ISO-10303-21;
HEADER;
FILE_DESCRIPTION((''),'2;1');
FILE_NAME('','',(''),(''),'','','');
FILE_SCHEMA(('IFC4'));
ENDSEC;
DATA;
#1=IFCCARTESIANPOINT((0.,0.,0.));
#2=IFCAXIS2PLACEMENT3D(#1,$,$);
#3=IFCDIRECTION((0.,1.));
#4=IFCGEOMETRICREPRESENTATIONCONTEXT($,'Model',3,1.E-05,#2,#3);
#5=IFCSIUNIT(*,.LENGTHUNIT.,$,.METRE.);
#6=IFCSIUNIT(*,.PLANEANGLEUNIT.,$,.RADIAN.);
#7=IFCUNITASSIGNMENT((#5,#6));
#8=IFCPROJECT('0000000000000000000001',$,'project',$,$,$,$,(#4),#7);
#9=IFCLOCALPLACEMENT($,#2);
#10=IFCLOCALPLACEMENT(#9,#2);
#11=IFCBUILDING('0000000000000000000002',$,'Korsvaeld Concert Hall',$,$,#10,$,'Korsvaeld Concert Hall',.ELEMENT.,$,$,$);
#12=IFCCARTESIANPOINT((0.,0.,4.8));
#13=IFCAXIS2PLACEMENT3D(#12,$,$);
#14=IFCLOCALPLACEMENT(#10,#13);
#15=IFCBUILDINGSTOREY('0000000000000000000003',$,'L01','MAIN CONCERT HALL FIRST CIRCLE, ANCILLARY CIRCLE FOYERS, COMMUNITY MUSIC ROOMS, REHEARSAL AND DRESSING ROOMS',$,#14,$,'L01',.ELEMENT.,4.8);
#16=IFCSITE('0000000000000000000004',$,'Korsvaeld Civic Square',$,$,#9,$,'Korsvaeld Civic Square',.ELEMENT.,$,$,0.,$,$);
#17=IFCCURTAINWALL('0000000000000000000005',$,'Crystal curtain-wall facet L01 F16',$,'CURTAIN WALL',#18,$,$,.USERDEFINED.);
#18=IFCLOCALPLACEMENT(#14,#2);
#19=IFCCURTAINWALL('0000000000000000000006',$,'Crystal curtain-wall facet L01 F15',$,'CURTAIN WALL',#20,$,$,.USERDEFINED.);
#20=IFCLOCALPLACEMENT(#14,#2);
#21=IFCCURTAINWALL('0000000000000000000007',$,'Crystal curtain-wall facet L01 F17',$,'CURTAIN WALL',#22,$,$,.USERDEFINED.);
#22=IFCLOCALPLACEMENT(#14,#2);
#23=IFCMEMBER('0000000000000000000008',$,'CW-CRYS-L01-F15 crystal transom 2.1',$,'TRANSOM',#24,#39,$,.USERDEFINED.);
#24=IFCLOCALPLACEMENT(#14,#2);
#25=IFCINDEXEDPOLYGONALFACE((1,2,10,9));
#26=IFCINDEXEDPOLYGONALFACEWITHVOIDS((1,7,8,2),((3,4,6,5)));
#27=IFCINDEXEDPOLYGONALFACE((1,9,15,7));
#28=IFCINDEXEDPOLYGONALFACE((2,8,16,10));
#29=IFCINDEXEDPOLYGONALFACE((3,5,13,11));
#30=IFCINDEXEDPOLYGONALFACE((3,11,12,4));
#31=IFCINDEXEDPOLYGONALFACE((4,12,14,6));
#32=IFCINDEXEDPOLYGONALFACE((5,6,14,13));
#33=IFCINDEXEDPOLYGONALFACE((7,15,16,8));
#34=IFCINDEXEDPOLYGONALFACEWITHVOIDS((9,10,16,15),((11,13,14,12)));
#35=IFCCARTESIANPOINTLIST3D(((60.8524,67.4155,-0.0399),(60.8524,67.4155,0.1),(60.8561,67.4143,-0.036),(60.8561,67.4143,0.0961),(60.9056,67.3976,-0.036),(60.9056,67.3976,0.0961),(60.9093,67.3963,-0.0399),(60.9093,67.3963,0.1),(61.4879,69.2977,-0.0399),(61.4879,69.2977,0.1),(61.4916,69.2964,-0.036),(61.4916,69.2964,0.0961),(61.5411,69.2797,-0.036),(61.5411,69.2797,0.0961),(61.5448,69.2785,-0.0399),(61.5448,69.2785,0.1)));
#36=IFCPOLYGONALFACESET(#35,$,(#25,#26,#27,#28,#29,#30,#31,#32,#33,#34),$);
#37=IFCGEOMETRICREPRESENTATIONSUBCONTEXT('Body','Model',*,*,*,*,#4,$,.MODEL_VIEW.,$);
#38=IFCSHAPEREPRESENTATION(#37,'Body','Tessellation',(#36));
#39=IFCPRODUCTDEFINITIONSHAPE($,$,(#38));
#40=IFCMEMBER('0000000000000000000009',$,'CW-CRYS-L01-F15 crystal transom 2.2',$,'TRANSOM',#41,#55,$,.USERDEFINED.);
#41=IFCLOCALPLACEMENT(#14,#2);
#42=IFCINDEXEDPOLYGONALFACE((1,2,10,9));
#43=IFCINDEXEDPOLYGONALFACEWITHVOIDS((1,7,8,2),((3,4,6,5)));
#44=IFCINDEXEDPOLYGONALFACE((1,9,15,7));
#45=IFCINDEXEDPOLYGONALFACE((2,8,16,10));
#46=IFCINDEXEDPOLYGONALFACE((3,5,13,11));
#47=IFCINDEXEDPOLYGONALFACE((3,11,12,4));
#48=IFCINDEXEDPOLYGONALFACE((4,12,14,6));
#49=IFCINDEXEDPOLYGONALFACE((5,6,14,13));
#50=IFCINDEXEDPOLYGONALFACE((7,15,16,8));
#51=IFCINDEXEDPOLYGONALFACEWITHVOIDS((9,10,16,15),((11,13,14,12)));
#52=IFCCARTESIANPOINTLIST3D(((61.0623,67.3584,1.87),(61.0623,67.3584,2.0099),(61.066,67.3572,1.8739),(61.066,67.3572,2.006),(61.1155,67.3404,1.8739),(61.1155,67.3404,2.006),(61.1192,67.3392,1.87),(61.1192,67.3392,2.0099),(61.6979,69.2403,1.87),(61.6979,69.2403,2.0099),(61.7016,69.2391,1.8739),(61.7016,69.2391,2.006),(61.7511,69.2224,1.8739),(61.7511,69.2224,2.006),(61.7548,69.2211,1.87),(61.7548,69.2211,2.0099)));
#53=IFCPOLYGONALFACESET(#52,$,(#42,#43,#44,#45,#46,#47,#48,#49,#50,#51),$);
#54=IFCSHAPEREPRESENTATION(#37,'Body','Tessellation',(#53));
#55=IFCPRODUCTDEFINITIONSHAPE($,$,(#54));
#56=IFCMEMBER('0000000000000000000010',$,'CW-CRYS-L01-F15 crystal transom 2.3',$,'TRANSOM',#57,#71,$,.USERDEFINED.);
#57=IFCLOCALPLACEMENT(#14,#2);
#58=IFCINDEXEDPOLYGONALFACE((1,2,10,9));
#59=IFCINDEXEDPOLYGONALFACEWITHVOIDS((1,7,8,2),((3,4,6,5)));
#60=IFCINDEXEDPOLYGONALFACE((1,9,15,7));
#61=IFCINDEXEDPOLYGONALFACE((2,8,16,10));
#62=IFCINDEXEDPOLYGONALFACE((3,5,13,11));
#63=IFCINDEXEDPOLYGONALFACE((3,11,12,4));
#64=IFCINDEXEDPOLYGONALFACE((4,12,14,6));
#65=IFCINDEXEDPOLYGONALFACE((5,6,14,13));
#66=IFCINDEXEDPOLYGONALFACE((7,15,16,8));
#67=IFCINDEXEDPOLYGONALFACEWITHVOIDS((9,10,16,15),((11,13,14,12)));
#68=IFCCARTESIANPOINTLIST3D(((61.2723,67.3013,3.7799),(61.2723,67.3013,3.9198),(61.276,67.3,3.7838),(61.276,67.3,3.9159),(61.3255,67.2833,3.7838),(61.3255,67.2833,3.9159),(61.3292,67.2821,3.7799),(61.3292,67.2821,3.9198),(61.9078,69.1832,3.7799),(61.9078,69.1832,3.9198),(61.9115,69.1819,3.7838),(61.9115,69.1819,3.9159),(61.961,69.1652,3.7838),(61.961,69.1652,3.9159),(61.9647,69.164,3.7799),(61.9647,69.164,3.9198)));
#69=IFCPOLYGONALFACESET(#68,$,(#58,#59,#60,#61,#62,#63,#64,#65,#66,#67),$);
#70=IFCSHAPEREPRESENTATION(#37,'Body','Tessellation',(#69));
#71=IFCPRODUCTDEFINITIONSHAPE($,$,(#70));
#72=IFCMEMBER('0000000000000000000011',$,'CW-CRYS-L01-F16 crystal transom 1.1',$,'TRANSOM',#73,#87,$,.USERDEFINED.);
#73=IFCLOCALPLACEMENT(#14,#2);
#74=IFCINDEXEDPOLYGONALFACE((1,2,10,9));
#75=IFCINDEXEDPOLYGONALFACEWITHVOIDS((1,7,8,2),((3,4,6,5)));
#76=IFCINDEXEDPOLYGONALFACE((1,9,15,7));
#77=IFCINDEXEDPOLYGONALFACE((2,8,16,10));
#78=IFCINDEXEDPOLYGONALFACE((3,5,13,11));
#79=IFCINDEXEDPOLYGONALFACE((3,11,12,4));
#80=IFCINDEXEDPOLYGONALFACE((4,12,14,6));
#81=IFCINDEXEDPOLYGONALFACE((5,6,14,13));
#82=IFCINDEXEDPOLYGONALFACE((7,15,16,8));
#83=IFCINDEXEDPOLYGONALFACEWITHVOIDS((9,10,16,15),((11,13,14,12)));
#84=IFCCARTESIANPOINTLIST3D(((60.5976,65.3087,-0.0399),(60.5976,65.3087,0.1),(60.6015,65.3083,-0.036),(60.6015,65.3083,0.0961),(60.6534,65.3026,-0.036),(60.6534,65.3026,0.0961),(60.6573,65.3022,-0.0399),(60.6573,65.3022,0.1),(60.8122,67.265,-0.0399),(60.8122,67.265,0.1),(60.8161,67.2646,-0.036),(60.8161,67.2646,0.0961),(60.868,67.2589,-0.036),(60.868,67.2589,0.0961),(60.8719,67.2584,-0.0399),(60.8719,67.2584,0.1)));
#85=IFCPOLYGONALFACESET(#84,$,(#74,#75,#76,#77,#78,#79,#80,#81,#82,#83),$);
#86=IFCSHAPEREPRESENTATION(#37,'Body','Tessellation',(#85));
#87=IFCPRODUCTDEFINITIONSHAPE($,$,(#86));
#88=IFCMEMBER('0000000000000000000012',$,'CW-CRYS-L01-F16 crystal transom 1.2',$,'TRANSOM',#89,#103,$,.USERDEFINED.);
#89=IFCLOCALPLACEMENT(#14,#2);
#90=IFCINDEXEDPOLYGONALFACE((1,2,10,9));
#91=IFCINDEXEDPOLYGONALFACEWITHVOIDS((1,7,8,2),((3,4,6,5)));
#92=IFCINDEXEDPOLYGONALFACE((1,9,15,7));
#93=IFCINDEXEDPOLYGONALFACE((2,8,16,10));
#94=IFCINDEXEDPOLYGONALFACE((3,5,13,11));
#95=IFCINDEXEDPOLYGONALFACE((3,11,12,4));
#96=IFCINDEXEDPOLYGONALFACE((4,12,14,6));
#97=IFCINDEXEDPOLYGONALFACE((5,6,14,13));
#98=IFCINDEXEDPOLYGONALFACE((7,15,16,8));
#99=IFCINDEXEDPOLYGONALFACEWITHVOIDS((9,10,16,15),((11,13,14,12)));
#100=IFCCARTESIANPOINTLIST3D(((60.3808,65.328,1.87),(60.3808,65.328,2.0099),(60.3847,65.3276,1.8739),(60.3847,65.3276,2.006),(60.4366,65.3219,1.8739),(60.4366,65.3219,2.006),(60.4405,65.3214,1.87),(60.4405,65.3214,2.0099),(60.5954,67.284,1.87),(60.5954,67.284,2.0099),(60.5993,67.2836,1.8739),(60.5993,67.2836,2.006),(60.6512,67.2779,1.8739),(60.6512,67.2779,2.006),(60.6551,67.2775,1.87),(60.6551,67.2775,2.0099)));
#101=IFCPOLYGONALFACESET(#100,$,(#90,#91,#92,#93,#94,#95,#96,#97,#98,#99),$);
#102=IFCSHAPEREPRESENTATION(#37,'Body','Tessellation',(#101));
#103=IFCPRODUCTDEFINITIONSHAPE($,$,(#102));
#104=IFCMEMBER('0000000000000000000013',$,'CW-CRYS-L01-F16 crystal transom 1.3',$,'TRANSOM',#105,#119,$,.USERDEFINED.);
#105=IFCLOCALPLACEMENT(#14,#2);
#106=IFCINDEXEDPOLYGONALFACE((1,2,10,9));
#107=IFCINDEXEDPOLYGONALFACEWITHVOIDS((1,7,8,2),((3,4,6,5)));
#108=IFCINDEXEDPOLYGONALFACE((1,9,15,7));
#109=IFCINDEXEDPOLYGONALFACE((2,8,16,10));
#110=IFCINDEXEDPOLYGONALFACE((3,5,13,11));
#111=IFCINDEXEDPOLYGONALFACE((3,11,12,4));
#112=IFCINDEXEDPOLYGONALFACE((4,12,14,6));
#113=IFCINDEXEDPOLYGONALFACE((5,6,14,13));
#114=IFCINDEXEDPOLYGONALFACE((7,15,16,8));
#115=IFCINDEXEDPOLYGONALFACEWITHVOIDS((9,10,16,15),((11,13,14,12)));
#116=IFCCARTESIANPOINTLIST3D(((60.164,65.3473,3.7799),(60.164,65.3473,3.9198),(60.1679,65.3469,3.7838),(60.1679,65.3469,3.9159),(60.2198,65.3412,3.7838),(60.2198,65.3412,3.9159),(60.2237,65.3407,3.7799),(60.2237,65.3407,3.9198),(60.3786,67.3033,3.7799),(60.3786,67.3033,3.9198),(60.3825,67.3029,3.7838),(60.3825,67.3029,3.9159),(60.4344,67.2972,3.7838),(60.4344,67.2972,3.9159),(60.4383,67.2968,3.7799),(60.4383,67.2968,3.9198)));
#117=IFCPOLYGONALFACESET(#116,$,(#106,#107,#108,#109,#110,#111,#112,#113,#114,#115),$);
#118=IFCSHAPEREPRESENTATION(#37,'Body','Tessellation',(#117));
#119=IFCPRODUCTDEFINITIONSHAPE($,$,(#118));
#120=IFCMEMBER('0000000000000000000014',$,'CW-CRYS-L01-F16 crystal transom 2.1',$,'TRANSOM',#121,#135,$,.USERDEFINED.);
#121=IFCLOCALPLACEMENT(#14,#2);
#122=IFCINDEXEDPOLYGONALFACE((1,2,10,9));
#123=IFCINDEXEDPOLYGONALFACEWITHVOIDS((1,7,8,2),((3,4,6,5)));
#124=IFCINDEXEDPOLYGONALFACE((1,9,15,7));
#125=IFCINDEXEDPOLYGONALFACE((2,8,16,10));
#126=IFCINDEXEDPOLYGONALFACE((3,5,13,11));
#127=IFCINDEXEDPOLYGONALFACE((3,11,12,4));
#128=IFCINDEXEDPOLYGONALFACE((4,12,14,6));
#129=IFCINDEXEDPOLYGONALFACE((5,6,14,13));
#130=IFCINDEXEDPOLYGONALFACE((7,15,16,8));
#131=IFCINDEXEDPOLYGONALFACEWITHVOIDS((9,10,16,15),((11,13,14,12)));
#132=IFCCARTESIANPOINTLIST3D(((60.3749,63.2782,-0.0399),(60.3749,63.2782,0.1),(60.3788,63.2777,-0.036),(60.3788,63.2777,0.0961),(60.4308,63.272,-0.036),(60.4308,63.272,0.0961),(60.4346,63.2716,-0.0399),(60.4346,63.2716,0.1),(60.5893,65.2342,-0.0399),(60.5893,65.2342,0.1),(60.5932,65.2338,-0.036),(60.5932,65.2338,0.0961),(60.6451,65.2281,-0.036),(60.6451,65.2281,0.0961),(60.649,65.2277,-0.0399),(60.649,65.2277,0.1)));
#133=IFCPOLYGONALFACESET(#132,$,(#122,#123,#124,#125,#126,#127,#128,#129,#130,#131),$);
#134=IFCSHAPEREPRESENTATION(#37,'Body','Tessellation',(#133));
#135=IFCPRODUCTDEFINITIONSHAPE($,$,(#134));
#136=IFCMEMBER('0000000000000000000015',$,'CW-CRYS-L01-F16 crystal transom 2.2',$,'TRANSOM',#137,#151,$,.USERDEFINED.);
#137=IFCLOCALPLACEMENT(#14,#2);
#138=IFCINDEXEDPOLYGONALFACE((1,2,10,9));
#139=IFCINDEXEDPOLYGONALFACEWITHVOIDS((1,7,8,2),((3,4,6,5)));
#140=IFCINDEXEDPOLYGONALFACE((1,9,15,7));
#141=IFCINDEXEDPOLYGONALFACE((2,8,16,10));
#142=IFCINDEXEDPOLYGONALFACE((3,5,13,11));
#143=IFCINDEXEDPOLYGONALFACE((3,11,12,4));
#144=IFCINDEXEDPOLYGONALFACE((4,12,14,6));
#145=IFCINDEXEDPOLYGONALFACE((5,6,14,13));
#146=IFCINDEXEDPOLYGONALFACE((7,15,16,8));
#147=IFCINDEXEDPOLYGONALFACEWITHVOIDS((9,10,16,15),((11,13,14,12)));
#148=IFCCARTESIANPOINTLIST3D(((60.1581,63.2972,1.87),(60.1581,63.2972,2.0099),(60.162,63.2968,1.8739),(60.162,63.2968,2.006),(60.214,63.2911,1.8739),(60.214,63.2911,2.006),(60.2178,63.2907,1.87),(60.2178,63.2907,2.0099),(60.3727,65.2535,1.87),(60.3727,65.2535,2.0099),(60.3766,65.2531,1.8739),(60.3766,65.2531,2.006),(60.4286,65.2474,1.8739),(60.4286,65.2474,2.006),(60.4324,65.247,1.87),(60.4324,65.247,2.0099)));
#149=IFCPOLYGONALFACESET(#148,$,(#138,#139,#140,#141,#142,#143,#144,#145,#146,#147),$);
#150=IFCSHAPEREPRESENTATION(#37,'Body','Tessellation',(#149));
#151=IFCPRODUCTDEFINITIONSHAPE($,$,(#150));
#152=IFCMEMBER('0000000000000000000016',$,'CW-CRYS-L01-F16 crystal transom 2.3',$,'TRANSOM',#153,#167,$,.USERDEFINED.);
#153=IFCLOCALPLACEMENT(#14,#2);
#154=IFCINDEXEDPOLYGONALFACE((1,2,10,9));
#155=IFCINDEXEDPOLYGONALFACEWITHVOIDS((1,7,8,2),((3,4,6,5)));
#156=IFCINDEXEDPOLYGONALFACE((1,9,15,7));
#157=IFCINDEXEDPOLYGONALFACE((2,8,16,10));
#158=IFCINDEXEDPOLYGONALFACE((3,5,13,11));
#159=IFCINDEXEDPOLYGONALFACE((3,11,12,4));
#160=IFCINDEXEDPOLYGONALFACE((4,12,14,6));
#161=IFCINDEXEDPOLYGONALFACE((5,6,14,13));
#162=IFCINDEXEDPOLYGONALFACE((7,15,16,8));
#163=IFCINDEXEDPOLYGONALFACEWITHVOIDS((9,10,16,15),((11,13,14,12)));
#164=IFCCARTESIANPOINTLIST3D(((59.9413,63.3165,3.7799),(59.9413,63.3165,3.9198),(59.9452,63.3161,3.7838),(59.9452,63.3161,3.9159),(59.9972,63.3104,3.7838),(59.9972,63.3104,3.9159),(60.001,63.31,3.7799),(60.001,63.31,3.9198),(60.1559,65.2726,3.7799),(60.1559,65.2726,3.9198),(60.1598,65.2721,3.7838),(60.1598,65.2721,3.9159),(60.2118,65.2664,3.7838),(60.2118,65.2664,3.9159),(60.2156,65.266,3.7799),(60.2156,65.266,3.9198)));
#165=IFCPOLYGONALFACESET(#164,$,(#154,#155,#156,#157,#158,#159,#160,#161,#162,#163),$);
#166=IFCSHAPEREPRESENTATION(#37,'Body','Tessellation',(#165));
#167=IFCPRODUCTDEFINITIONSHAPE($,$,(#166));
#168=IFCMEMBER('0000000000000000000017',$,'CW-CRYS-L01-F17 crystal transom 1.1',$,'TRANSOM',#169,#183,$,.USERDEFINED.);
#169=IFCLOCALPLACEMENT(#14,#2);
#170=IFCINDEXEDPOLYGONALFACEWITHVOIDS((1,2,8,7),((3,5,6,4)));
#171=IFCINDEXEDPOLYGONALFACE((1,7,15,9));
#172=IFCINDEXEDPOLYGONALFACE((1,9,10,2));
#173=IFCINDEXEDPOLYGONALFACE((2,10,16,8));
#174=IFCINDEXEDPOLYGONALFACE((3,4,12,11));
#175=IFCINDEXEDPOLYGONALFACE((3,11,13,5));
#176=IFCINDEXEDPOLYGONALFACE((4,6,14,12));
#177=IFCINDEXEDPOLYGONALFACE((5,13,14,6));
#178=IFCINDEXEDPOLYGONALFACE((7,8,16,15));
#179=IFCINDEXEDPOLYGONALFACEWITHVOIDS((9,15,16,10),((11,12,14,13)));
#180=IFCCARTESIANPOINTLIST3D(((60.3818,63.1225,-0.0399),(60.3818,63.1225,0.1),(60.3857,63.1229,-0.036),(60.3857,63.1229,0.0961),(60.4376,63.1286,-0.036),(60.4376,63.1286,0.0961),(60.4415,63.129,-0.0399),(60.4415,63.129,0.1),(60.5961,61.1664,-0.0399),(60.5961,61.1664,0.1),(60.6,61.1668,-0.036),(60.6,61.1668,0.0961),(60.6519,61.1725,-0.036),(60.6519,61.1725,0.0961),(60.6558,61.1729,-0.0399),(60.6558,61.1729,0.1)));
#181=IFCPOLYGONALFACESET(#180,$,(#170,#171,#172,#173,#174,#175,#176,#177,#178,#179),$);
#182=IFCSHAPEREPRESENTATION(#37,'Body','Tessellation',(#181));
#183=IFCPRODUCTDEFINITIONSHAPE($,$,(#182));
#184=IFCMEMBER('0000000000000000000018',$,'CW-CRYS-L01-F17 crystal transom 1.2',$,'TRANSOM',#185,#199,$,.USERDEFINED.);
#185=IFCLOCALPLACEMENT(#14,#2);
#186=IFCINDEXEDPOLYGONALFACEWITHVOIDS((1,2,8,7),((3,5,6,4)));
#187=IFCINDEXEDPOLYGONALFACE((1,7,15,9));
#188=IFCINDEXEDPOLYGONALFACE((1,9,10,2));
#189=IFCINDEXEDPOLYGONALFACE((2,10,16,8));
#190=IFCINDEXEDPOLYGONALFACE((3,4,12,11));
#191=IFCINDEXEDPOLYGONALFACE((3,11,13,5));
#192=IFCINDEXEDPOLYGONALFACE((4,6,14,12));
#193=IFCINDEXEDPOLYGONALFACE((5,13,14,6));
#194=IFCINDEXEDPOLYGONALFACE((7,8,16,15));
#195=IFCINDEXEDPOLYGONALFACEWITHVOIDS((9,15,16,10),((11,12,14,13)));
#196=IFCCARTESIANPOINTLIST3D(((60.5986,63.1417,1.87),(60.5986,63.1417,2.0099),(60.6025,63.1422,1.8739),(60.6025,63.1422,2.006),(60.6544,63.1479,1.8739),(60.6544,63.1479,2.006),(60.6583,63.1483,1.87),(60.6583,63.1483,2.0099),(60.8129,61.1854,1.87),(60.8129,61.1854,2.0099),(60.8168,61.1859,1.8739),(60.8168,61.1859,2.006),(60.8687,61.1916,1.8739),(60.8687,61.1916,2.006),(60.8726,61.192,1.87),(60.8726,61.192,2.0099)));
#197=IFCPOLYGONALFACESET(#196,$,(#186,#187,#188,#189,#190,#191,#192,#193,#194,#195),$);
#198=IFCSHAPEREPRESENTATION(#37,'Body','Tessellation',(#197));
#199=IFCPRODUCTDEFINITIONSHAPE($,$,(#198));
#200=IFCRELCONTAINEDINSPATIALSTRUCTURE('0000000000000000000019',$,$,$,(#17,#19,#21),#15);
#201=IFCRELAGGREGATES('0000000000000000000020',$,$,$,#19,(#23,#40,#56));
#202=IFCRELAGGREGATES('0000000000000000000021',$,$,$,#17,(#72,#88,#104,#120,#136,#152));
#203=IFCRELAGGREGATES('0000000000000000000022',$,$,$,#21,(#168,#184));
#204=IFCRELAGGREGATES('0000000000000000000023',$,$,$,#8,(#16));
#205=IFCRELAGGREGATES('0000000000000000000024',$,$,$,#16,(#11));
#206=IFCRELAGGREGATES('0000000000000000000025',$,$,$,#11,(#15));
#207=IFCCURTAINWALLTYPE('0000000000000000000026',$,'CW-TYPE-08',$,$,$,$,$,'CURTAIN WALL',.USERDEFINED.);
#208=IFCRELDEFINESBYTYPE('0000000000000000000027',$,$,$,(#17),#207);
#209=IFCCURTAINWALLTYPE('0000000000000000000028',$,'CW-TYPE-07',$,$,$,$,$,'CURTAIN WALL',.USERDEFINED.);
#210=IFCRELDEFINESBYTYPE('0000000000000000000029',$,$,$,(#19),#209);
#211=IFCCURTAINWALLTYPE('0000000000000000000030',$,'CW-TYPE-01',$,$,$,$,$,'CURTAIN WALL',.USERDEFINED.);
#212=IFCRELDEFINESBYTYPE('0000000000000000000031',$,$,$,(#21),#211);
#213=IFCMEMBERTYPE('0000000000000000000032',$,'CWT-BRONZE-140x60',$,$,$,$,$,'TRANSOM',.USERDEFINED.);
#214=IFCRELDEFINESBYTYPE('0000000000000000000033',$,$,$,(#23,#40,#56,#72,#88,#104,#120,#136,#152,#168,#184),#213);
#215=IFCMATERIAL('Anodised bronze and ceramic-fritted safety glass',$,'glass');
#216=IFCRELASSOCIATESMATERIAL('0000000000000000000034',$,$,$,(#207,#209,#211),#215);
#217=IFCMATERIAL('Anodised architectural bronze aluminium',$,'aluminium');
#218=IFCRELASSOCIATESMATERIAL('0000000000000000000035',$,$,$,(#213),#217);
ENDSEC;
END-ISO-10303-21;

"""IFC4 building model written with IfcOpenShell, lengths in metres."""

from ifc_helpers import new_model, si_unit, direction, frame, origin, origin_2d, place, context, subcontext, project, spatial, hollow_rectangle, extrude, material, material_profile, profile_set, type_object, element, aggregate, save


model = new_model("IFC4")

# Units and contexts
model_context = context("Model", 3, precision=1e-05, world=origin(), true_north=direction((0.0, 1.0)))
body_context = subcontext(model_context, "Body", "Model", "MODEL_VIEW")
ifc_project = project(units=[si_unit("LENGTHUNIT", "METRE"), si_unit("PLANEANGLEUNIT", "RADIAN")], contexts=[model_context])

# Site, building, storey
site_placement = place(None, origin())
site = spatial("IfcSite", under=ifc_project, at=site_placement, Name="Korsvaeld Civic Square", LongName="Korsvaeld Civic Square", CompositionType="ELEMENT", RefElevation=0.0)
building_placement = place(site_placement, origin())
building = spatial("IfcBuilding", under=site, at=building_placement, Name="Korsvaeld Concert Hall", LongName="Korsvaeld Concert Hall", CompositionType="ELEMENT")
storey_placement = place(building_placement, frame((0.0, 0.0, 4.8)))
storey = spatial("IfcBuildingStorey", under=building, at=storey_placement, Name="L01", Description="MAIN CONCERT HALL FIRST CIRCLE, ANCILLARY CIRCLE FOYERS, COMMUNITY MUSIC ROOMS, REHEARSAL AND DRESSING ROOMS", LongName="L01", CompositionType="ELEMENT", Elevation=4.8)

# Curtain walls
ifc_material_1 = material(Name="Anodised bronze and ceramic-fritted safety glass", Category="glass")
curtain_wall_type_1 = type_object("IfcCurtainWallType", Name="CW-TYPE-08", ElementType="CURTAIN WALL", PredefinedType="USERDEFINED", material=ifc_material_1)
curtain_wall_1_placement = place(storey_placement, origin())
curtain_wall_1 = element("IfcCurtainWall", 1, at=curtain_wall_1_placement, inside=storey, type_object=curtain_wall_type_1, Name="Crystal curtain-wall facet L01 F16", ObjectType="CURTAIN WALL", PredefinedType="USERDEFINED")
ifc_material_2 = material(Name="Anodised architectural bronze aluminium", Category="aluminium")
curtain_wall_type_2 = type_object("IfcCurtainWallType", Name="CW-TYPE-07", ElementType="CURTAIN WALL", PredefinedType="USERDEFINED", material=ifc_material_1)
curtain_wall_2_placement = place(storey_placement, origin())
curtain_wall_2 = element("IfcCurtainWall", 2, at=curtain_wall_2_placement, inside=storey, type_object=curtain_wall_type_2, Name="Crystal curtain-wall facet L01 F15", ObjectType="CURTAIN WALL", PredefinedType="USERDEFINED")

# Curtain wall
curtain_wall_type_3 = type_object("IfcCurtainWallType", Name="CW-TYPE-01", ElementType="CURTAIN WALL", PredefinedType="USERDEFINED", material=ifc_material_1)
curtain_wall_3_placement = place(storey_placement, origin())
curtain_wall_3 = element("IfcCurtainWall", 3, at=curtain_wall_3_placement, inside=storey, type_object=curtain_wall_type_3, Name="Crystal curtain-wall facet L01 F17", ObjectType="CURTAIN WALL", PredefinedType="USERDEFINED")

# Members
ifc_material_profile_1 = material_profile(ifc_material_2, hollow_rectangle(XDim=0.0601, YDim=0.1399, WallThickness=0.0039, at=origin_2d()), Name="CWT 140x60x4")
ifc_profile_set_1 = profile_set([ifc_material_profile_1], Name="Anodised architectural bronze aluminium")
member_type_1 = type_object("IfcMemberType", Name="CWT-BRONZE-140x60", ElementType="TRANSOM", PredefinedType="USERDEFINED", material=ifc_profile_set_1)
member_1_placement = place(storey_placement, frame((61.5164, 69.2881, 0.03), z_axis=(-0.319912, -0.947447, 0.0), x_axis=(0.947447, -0.319912, 0.0)))
member_1 = element("IfcMember", 4, at=member_1_placement, type_object=member_type_1, Name="CW-CRYS-L01-F15 crystal transom 2.1", ObjectType="TRANSOM", PredefinedType="USERDEFINED", context=body_context, shape_type="SweptSolid", body=[
    extrude(hollow_rectangle(XDim=0.0601, YDim=0.1399, WallThickness=0.0039, at=origin_2d()), origin(), (0.0, 0.0, 1.0), 1.9866),
])
member_2_placement = place(storey_placement, frame((61.7263, 69.2307, 1.9399), z_axis=(-0.31995, -0.947435, 0.0), x_axis=(0.947435, -0.31995, 0.0)))
member_2 = element("IfcMember", 5, at=member_2_placement, type_object=member_type_1, Name="CW-CRYS-L01-F15 crystal transom 2.2", ObjectType="TRANSOM", PredefinedType="USERDEFINED", context=body_context, shape_type="SweptSolid", body=[
    extrude(hollow_rectangle(XDim=0.0601, YDim=0.1399, WallThickness=0.0039, at=origin_2d()), origin(), (0.0, 0.0, 1.0), 1.9863),
])
member_3_placement = place(storey_placement, frame((61.9363, 69.1736, 3.8499), z_axis=(-0.31995, -0.947435, 0.0), x_axis=(0.947435, -0.31995, 0.0)))
member_3 = element("IfcMember", 6, at=member_3_placement, type_object=member_type_1, Name="CW-CRYS-L01-F15 crystal transom 2.3", ObjectType="TRANSOM", PredefinedType="USERDEFINED", context=body_context, shape_type="SweptSolid", body=[
    extrude(hollow_rectangle(XDim=0.0601, YDim=0.1399, WallThickness=0.0039, at=origin_2d()), origin(), (0.0, 0.0, 1.0), 1.9863),
])
member_4_placement = place(storey_placement, frame((60.842, 67.2617, 0.03), z_axis=(-0.109043, -0.994037, 0.0), x_axis=(0.994037, -0.109043, 0.0)))
member_4 = element("IfcMember", 7, at=member_4_placement, type_object=member_type_1, Name="CW-CRYS-L01-F16 crystal transom 1.1", ObjectType="TRANSOM", PredefinedType="USERDEFINED", context=body_context, shape_type="SweptSolid", body=[
    extrude(hollow_rectangle(XDim=0.0601, YDim=0.1399, WallThickness=0.0039, at=origin_2d()), origin(), (0.0, 0.0, 1.0), 1.968),
])
member_5_placement = place(storey_placement, frame((60.6252, 67.2808, 1.9399), z_axis=(-0.109056, -0.994036, 0.0), x_axis=(0.994036, -0.109056, 0.0)))
member_5 = element("IfcMember", 8, at=member_5_placement, type_object=member_type_1, Name="CW-CRYS-L01-F16 crystal transom 1.2", ObjectType="TRANSOM", PredefinedType="USERDEFINED", context=body_context, shape_type="SweptSolid", body=[
    extrude(hollow_rectangle(XDim=0.0601, YDim=0.1399, WallThickness=0.0039, at=origin_2d()), origin(), (0.0, 0.0, 1.0), 1.9678),
])
member_6_placement = place(storey_placement, frame((60.4084, 67.3, 3.8499), z_axis=(-0.109056, -0.994036, 0.0), x_axis=(0.994036, -0.109056, 0.0)))
member_6 = element("IfcMember", 9, at=member_6_placement, type_object=member_type_1, Name="CW-CRYS-L01-F16 crystal transom 1.3", ObjectType="TRANSOM", PredefinedType="USERDEFINED", context=body_context, shape_type="SweptSolid", body=[
    extrude(hollow_rectangle(XDim=0.0601, YDim=0.1399, WallThickness=0.0039, at=origin_2d()), origin(), (0.0, 0.0, 1.0), 1.9678),
])
member_7_placement = place(storey_placement, frame((60.6191, 65.231, 0.03), z_axis=(-0.108933, -0.994049, 0.0), x_axis=(0.994049, -0.108933, 0.0)))
member_7 = element("IfcMember", 10, at=member_7_placement, type_object=member_type_1, Name="CW-CRYS-L01-F16 crystal transom 2.1", ObjectType="TRANSOM", PredefinedType="USERDEFINED", context=body_context, shape_type="SweptSolid", body=[
    extrude(hollow_rectangle(XDim=0.0601, YDim=0.1399, WallThickness=0.0039, at=origin_2d()), origin(), (0.0, 0.0, 1.0), 1.9678),
])
member_8_placement = place(storey_placement, frame((60.4026, 65.2502, 1.9399), z_axis=(-0.109043, -0.994037, 0.0), x_axis=(0.994037, -0.109043, 0.0)))
member_8 = element("IfcMember", 11, at=member_8_placement, type_object=member_type_1, Name="CW-CRYS-L01-F16 crystal transom 2.2", ObjectType="TRANSOM", PredefinedType="USERDEFINED", context=body_context, shape_type="SweptSolid", body=[
    extrude(hollow_rectangle(XDim=0.0601, YDim=0.1399, WallThickness=0.0039, at=origin_2d()), origin(), (0.0, 0.0, 1.0), 1.968),
])
member_9_placement = place(storey_placement, frame((60.1858, 65.2693, 3.8499), z_axis=(-0.109056, -0.994036, 0.0), x_axis=(0.994036, -0.109056, 0.0)))
member_9 = element("IfcMember", 12, at=member_9_placement, type_object=member_type_1, Name="CW-CRYS-L01-F16 crystal transom 2.3", ObjectType="TRANSOM", PredefinedType="USERDEFINED", context=body_context, shape_type="SweptSolid", body=[
    extrude(hollow_rectangle(XDim=0.0601, YDim=0.1399, WallThickness=0.0039, at=origin_2d()), origin(), (0.0, 0.0, 1.0), 1.9678),
])
member_10_placement = place(storey_placement, frame((60.4116, 63.1257, 0.03), z_axis=(0.108933, -0.994049, 0.0), x_axis=(0.994049, 0.108933, 0.0)))
member_10 = element("IfcMember", 13, at=member_10_placement, type_object=member_type_1, Name="CW-CRYS-L01-F17 crystal transom 1.1", ObjectType="TRANSOM", PredefinedType="USERDEFINED", context=body_context, shape_type="SweptSolid", body=[
    extrude(hollow_rectangle(XDim=0.0601, YDim=0.1399, WallThickness=0.0039, at=origin_2d()), origin(), (0.0, 0.0, 1.0), 1.9678),
])
member_11_placement = place(storey_placement, frame((60.6284, 63.145, 1.9399), z_axis=(0.10892, -0.994051, 0.0), x_axis=(0.994051, 0.10892, 0.0)))
member_11 = element("IfcMember", 14, at=member_11_placement, type_object=member_type_1, Name="CW-CRYS-L01-F17 crystal transom 1.2", ObjectType="TRANSOM", PredefinedType="USERDEFINED", context=body_context, shape_type="SweptSolid", body=[
    extrude(hollow_rectangle(XDim=0.0601, YDim=0.1399, WallThickness=0.0039, at=origin_2d()), origin(), (0.0, 0.0, 1.0), 1.968),
])

aggregate(curtain_wall_2, [member_1, member_2, member_3])
aggregate(curtain_wall_1, [member_4, member_5, member_6, member_7, member_8, member_9])
aggregate(curtain_wall_3, [member_10, member_11])

save(model, "model.ifc")
